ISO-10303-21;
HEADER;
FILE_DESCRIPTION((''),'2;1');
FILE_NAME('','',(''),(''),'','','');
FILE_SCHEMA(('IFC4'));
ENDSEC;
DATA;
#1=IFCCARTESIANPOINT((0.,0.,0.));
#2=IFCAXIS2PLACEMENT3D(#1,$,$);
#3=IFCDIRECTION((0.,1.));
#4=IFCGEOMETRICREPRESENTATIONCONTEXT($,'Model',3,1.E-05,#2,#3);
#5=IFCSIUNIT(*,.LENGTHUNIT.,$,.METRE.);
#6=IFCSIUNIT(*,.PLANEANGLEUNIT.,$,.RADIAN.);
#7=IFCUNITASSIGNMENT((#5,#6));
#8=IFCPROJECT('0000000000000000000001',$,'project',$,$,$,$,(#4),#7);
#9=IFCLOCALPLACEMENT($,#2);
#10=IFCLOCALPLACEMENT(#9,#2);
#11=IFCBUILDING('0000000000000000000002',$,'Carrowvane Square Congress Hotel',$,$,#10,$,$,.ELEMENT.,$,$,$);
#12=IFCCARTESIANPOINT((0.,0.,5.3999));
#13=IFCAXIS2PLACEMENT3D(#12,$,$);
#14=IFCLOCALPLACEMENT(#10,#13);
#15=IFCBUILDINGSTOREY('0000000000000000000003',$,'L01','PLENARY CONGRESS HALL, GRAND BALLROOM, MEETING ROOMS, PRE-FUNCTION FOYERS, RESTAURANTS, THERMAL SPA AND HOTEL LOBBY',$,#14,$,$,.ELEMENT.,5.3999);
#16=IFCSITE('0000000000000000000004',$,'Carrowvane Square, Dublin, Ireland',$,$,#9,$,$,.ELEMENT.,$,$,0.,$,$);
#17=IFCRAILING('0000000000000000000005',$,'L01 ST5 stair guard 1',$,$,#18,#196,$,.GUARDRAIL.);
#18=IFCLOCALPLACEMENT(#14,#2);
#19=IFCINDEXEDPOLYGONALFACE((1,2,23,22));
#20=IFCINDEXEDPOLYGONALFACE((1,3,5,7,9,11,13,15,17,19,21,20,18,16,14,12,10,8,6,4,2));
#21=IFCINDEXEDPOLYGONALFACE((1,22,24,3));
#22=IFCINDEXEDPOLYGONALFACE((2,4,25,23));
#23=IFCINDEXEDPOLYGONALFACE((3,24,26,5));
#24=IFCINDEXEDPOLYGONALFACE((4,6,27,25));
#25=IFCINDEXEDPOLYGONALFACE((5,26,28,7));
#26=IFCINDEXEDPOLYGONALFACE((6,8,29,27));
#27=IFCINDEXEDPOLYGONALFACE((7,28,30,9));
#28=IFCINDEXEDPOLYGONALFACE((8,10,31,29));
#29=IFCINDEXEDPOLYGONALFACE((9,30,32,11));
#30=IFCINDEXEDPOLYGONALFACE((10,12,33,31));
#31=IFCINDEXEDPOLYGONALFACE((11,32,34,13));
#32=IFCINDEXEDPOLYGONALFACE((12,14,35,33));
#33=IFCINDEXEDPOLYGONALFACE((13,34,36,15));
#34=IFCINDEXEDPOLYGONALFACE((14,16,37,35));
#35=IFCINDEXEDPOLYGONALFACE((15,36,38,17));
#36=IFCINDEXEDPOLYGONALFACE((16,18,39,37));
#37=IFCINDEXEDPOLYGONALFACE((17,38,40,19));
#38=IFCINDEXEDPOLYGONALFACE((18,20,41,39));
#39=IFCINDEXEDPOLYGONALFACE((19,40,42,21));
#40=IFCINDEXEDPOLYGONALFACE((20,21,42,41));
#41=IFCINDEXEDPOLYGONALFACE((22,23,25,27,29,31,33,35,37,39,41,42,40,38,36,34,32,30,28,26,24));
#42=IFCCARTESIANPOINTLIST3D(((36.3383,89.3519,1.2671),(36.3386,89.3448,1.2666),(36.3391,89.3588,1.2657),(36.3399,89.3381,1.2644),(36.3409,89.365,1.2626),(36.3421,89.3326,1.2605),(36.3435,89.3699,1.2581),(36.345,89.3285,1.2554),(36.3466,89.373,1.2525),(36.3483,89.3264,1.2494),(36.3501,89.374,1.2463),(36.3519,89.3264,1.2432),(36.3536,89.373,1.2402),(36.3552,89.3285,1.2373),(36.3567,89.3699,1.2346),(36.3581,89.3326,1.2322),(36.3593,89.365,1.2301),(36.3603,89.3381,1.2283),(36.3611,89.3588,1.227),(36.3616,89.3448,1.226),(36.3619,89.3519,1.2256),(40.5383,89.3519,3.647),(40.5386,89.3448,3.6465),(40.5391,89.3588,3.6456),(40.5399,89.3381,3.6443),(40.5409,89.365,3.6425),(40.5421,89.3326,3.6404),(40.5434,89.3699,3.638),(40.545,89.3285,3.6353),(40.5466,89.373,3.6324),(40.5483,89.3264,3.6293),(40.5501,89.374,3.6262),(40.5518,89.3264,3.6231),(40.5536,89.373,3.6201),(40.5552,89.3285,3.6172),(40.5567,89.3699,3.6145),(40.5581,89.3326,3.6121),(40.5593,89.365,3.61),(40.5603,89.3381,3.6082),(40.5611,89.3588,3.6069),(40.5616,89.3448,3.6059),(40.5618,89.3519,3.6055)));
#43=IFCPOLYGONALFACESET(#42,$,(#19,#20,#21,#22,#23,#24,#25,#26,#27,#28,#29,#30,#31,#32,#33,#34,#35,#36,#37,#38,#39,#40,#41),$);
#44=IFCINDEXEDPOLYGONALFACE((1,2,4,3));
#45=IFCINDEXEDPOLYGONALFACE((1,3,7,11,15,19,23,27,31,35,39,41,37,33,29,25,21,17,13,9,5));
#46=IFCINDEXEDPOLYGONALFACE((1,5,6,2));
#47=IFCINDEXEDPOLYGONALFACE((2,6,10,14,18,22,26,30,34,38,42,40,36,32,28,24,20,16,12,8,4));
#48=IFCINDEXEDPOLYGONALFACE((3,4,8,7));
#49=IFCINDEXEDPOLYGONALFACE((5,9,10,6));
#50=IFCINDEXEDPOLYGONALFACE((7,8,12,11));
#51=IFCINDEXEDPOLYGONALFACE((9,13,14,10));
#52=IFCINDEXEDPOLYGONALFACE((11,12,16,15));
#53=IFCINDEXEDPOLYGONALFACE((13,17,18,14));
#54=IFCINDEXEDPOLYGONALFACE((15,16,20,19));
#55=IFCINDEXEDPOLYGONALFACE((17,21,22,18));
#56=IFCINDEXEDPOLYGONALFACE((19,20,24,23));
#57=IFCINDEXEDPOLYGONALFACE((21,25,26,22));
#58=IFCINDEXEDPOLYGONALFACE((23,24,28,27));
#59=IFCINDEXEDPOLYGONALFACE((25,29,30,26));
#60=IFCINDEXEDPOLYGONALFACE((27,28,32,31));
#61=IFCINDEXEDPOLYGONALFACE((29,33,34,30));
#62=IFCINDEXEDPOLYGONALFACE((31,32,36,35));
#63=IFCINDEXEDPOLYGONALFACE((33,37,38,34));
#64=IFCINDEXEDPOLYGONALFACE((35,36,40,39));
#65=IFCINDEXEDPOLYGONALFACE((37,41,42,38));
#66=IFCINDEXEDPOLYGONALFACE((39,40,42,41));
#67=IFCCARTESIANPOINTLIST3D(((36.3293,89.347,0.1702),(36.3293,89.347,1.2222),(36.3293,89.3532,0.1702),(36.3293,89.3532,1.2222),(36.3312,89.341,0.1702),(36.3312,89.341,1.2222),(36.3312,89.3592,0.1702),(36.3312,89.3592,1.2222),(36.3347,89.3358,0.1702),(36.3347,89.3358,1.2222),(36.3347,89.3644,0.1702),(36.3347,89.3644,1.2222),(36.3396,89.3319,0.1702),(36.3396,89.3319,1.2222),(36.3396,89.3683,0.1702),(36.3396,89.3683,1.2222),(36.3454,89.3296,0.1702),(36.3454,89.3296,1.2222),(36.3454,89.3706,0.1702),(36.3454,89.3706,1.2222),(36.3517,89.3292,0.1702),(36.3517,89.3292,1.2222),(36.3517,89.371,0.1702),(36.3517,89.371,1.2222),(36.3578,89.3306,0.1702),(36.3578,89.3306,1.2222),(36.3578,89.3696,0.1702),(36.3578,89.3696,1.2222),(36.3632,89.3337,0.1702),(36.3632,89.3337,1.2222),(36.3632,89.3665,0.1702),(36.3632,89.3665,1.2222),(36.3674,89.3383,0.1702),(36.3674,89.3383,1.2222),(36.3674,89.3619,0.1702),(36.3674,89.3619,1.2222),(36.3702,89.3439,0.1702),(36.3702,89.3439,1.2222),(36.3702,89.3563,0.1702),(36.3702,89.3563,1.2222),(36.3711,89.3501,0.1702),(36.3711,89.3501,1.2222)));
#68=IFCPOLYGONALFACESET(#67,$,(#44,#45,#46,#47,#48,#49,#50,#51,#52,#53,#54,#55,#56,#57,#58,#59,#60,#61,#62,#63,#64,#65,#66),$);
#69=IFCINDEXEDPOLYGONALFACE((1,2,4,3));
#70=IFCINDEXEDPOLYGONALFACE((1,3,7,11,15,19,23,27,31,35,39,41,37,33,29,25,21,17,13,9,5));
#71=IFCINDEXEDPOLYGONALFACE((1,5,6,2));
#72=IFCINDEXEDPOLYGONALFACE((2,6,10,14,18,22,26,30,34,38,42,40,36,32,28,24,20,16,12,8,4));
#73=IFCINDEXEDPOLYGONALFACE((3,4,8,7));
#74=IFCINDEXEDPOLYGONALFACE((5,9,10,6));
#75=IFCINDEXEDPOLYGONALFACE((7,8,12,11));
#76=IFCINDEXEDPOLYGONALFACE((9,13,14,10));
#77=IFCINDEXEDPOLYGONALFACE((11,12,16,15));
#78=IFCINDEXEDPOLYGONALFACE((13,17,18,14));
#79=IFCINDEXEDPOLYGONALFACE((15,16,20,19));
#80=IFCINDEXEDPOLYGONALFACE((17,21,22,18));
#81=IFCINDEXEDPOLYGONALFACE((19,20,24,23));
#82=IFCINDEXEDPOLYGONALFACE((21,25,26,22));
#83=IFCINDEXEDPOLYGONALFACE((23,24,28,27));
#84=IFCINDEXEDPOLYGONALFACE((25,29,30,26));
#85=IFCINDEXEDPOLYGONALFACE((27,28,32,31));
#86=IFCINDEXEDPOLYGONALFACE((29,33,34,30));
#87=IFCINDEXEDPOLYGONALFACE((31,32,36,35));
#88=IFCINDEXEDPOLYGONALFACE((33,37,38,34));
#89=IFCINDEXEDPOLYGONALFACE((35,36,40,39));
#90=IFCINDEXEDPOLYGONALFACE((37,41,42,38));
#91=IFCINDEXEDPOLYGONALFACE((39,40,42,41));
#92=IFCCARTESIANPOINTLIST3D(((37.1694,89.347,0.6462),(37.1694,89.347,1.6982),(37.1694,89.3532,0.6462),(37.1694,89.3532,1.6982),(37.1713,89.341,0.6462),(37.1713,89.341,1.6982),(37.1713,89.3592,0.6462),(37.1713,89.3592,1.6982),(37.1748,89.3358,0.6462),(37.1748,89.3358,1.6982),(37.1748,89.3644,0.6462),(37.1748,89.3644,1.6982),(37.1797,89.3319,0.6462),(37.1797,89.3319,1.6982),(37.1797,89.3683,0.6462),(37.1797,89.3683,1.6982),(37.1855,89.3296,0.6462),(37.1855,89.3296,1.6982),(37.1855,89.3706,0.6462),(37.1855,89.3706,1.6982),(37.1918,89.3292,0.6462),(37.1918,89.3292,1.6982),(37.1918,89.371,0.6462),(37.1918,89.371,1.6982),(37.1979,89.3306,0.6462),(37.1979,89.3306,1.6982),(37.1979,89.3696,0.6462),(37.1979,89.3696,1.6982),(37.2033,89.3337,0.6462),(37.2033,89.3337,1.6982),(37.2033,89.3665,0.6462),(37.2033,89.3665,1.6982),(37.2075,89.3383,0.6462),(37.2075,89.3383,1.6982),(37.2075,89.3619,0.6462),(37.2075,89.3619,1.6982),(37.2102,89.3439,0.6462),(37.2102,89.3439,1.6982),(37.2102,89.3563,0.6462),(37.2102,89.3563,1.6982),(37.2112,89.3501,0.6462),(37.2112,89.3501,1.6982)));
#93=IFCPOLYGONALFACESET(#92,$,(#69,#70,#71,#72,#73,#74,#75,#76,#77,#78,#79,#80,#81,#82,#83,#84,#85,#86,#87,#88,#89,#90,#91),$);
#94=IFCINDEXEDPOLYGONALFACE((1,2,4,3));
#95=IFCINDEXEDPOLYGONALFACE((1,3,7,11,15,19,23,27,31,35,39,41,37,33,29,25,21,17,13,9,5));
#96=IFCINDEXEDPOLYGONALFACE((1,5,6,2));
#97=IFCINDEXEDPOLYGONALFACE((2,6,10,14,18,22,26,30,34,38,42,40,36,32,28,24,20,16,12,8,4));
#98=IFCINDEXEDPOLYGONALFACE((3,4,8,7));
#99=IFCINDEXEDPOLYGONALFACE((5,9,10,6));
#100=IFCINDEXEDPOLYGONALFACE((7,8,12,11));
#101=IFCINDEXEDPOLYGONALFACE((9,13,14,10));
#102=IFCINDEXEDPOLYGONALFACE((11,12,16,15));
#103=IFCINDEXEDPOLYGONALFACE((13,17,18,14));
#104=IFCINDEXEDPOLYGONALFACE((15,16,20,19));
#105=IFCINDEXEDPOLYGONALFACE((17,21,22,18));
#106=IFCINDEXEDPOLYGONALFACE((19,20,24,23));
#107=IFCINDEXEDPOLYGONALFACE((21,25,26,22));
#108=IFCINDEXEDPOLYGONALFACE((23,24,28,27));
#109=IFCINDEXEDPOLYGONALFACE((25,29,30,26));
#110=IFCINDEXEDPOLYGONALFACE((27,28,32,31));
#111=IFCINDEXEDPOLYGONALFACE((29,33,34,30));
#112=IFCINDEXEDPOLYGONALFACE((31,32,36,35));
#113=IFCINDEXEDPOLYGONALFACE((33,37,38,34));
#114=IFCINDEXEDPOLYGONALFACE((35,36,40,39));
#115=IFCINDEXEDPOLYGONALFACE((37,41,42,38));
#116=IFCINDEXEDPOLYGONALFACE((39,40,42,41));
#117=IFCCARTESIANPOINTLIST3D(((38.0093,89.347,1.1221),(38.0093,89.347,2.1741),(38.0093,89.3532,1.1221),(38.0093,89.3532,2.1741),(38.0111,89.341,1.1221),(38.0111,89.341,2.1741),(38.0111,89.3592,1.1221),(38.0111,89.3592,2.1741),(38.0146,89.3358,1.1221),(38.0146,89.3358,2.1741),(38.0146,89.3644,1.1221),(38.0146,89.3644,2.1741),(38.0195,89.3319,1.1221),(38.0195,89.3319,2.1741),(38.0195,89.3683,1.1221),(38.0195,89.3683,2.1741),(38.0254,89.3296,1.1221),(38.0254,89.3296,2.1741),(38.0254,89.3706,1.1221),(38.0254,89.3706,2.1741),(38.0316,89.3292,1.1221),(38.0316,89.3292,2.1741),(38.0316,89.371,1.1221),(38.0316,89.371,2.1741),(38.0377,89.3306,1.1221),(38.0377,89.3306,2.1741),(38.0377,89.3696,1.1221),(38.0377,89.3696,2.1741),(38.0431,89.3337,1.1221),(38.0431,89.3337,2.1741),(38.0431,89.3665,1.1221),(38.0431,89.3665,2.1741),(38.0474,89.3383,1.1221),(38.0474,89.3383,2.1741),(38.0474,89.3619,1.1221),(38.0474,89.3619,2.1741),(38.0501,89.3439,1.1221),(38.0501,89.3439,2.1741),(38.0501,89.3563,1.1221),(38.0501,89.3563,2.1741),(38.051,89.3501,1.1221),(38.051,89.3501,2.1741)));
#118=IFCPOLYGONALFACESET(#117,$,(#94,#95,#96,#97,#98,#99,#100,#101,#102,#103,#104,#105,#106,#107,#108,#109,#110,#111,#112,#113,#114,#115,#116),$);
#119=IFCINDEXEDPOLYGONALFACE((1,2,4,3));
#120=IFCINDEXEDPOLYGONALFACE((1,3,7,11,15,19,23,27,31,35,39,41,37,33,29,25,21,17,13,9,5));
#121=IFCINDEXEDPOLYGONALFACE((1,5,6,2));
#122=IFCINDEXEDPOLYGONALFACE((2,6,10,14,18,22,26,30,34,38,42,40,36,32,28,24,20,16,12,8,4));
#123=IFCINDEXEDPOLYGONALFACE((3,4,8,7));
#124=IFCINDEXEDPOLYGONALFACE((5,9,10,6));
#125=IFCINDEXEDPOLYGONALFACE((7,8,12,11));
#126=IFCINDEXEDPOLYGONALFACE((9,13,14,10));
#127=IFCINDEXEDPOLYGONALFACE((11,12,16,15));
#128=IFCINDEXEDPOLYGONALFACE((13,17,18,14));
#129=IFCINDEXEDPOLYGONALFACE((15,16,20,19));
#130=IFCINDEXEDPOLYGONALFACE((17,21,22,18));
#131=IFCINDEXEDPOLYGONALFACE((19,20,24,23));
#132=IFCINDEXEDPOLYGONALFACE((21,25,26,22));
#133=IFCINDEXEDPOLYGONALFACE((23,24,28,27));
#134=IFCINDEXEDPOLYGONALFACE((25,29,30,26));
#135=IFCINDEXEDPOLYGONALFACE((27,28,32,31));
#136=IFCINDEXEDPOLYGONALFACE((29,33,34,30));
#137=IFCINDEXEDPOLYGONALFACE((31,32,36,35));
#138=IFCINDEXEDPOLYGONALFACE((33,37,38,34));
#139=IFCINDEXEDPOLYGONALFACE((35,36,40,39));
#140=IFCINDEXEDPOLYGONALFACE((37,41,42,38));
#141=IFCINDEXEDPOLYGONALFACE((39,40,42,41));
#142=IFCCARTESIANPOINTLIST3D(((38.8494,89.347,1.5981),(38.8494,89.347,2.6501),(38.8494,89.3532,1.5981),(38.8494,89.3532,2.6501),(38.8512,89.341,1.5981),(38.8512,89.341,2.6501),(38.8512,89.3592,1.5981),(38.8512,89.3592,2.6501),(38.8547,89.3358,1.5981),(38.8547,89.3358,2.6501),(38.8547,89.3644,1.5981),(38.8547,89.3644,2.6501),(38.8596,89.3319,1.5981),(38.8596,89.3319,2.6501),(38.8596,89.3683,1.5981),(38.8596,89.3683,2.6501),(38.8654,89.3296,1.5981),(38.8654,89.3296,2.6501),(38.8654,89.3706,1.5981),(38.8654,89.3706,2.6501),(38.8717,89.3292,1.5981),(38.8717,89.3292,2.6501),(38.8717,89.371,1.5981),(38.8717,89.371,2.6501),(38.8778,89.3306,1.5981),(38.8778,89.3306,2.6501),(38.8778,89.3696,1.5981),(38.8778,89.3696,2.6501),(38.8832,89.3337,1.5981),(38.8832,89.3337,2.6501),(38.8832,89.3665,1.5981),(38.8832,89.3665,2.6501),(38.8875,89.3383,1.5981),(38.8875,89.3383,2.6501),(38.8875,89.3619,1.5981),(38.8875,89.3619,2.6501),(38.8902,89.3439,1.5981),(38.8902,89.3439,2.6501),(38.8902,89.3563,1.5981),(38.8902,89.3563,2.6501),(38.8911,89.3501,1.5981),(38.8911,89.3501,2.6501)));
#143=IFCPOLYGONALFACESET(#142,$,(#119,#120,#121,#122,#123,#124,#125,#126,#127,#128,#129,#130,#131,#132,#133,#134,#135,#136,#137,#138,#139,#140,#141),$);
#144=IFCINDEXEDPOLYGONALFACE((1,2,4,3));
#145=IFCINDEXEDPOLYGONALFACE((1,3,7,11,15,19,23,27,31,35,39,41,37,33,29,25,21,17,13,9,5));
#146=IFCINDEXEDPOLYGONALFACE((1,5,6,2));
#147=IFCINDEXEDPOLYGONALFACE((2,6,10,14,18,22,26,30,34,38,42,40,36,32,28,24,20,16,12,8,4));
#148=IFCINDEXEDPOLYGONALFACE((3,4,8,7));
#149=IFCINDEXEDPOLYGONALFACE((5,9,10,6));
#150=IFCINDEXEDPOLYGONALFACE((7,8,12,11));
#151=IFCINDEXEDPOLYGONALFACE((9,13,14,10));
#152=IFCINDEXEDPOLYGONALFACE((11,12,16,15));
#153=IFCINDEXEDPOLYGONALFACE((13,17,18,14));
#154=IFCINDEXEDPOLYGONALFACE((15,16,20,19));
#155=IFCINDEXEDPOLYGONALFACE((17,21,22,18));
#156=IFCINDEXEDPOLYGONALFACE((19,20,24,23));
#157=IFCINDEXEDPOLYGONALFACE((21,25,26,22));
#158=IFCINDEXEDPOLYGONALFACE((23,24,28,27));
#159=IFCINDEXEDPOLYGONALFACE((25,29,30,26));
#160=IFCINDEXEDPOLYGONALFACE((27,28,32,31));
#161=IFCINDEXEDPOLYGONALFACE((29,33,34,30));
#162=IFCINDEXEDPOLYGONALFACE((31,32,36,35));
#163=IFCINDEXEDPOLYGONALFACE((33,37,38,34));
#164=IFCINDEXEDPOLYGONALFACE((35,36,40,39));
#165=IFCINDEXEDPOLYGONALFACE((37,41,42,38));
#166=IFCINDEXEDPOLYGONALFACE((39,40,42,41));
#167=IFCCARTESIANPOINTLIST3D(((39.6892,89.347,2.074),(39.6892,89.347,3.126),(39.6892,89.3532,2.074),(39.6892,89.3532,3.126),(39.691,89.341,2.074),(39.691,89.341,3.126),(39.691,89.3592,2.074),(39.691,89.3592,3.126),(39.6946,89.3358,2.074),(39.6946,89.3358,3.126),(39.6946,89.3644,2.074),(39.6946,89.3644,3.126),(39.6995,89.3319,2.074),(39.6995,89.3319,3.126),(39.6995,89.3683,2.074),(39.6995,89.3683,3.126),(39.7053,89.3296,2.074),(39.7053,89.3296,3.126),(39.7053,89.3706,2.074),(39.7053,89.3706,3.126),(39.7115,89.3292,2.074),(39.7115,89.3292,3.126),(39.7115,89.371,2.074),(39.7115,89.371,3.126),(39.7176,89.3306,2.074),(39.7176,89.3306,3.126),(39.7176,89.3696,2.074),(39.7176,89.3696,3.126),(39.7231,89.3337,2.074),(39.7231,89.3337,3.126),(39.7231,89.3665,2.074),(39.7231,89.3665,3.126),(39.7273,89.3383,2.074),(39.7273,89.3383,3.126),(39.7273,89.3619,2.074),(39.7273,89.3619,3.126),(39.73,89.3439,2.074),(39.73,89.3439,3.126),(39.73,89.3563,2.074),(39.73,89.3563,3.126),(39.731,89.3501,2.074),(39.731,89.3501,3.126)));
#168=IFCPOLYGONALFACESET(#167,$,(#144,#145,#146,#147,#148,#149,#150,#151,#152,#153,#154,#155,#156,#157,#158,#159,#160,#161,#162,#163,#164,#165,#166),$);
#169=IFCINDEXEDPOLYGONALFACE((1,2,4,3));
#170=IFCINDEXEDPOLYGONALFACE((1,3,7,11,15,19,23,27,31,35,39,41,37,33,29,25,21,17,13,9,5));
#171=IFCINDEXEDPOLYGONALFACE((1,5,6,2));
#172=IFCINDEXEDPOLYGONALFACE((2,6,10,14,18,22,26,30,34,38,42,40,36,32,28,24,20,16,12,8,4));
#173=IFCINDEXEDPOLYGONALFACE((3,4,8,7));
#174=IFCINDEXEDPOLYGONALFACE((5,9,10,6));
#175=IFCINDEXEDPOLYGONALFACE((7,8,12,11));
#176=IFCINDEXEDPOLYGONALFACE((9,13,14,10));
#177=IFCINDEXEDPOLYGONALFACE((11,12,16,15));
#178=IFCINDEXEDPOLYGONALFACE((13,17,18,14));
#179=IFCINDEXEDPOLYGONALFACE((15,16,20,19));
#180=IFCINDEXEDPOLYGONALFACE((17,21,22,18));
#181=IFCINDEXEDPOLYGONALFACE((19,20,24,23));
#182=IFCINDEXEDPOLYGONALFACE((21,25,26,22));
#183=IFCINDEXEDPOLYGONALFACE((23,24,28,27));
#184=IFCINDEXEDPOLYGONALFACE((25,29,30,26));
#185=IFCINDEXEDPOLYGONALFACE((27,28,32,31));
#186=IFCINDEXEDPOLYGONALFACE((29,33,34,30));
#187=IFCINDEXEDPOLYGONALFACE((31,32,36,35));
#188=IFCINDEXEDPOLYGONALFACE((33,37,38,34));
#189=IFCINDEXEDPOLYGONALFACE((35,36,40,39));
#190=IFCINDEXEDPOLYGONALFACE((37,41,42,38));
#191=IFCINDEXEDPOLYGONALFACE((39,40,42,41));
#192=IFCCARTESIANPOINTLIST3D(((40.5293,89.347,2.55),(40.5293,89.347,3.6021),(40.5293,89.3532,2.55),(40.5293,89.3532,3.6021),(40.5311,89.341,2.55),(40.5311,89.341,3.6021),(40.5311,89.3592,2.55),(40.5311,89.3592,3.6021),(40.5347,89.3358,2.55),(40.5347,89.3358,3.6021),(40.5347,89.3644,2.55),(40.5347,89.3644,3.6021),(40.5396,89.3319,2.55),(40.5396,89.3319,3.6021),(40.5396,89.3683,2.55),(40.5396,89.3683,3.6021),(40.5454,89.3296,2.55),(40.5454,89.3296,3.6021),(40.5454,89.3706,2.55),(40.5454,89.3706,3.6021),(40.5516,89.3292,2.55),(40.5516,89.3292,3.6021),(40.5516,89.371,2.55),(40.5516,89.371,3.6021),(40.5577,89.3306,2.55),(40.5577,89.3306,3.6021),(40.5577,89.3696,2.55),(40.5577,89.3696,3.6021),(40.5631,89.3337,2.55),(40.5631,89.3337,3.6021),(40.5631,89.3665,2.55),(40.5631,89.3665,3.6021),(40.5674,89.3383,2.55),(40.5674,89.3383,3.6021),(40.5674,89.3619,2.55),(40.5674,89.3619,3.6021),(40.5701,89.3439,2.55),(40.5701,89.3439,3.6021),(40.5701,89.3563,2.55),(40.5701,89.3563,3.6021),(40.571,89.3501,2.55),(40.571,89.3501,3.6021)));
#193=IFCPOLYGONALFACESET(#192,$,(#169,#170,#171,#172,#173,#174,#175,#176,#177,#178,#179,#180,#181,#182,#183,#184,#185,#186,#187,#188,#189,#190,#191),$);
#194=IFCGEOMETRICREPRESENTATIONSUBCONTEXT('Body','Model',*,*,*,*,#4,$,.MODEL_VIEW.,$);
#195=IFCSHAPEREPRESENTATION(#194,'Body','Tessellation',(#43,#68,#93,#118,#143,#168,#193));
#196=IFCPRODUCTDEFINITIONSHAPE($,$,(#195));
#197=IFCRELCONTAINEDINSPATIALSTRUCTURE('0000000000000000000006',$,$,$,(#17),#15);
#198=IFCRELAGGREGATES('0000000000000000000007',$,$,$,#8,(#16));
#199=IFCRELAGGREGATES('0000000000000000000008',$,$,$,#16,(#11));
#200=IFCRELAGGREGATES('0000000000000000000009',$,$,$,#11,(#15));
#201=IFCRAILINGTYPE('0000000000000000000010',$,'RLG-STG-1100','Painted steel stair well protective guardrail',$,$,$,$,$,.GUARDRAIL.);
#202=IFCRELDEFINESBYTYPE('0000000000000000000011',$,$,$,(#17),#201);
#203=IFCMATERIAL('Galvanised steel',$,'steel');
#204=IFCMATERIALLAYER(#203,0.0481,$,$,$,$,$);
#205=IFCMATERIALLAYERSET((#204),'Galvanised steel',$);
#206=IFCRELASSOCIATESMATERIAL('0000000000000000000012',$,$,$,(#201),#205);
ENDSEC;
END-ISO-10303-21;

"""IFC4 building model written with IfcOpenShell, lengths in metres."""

from ifc_helpers import new_model, si_unit, direction, frame, origin, origin_2d, place, context, subcontext, project, spatial, circle, extrude, material, layer, layer_set, type_object, element, save


model = new_model("IFC4")

# Units and contexts
model_context = context("Model", 3, precision=1e-05, world=origin(), true_north=direction((0.0, 1.0)))
body_context = subcontext(model_context, "Body", "Model", "MODEL_VIEW")
ifc_project = project(units=[si_unit("LENGTHUNIT", "METRE"), si_unit("PLANEANGLEUNIT", "RADIAN")], contexts=[model_context])

# Site, building, storey
site_placement = place(None, origin())
site = spatial("IfcSite", under=ifc_project, at=site_placement, Name="Carrowvane Square, Dublin, Ireland", CompositionType="ELEMENT", RefElevation=0.0)
building_placement = place(site_placement, origin())
building = spatial("IfcBuilding", under=site, at=building_placement, Name="Carrowvane Square Congress Hotel", CompositionType="ELEMENT")
storey_placement = place(building_placement, frame((0.0, 0.0, 5.3999)))
storey = spatial("IfcBuildingStorey", under=building, at=storey_placement, Name="L01", Description="PLENARY CONGRESS HALL, GRAND BALLROOM, MEETING ROOMS, PRE-FUNCTION FOYERS, RESTAURANTS, THERMAL SPA AND HOTEL LOBBY", CompositionType="ELEMENT", Elevation=5.3999)

# Railing
ifc_material_1 = material(Name="Galvanised steel", Category="steel")
ifc_layer_1 = layer(ifc_material_1, 0.0481)
ifc_layer_set_1 = layer_set([ifc_layer_1], Name="Galvanised steel")
railing_type_1 = type_object("IfcRailingType", Name="RLG-STG-1100", Description="Painted steel stair well protective guardrail", PredefinedType="GUARDRAIL", material=ifc_layer_set_1)
railing_1_placement = place(storey_placement, frame((36.3501, 89.3501, 0.1702)))
element("IfcRailing", 1, at=railing_1_placement, inside=storey, type_object=railing_type_1, Name="L01 ST5 stair guard 1", PredefinedType="GUARDRAIL", context=body_context, shape_type="SweptSolid", body=[
    extrude(circle(Radius=0.0239, at=origin_2d()), frame((0.0, 0.0, 1.0762), z_axis=(0.87003, 0.0, 0.492999), x_axis=(0.0, 1.0, 0.0)), (0.0, 0.0, 1.0), 4.8274),
    extrude(circle(Radius=0.021, at=origin_2d()), origin(), (0.0, 0.0, 1.0), 1.052),
    extrude(circle(Radius=0.021, at=origin_2d()), frame((0.8401, 0.0, 0.4761)), (0.0, 0.0, 1.0), 1.052),
    extrude(circle(Radius=0.021, at=origin_2d()), frame((1.6799, 0.0, 0.9519)), (0.0, 0.0, 1.0), 1.052),
    extrude(circle(Radius=0.021, at=origin_2d()), frame((2.52, 0.0, 1.428)), (0.0, 0.0, 1.0), 1.052),
    extrude(circle(Radius=0.021, at=origin_2d()), frame((3.3599, 0.0, 1.9038)), (0.0, 0.0, 1.0), 1.052),
    extrude(circle(Radius=0.021, at=origin_2d()), frame((4.2, 0.0, 2.3799)), (0.0, 0.0, 1.0), 1.052),
])

save(model, "model.ifc")
